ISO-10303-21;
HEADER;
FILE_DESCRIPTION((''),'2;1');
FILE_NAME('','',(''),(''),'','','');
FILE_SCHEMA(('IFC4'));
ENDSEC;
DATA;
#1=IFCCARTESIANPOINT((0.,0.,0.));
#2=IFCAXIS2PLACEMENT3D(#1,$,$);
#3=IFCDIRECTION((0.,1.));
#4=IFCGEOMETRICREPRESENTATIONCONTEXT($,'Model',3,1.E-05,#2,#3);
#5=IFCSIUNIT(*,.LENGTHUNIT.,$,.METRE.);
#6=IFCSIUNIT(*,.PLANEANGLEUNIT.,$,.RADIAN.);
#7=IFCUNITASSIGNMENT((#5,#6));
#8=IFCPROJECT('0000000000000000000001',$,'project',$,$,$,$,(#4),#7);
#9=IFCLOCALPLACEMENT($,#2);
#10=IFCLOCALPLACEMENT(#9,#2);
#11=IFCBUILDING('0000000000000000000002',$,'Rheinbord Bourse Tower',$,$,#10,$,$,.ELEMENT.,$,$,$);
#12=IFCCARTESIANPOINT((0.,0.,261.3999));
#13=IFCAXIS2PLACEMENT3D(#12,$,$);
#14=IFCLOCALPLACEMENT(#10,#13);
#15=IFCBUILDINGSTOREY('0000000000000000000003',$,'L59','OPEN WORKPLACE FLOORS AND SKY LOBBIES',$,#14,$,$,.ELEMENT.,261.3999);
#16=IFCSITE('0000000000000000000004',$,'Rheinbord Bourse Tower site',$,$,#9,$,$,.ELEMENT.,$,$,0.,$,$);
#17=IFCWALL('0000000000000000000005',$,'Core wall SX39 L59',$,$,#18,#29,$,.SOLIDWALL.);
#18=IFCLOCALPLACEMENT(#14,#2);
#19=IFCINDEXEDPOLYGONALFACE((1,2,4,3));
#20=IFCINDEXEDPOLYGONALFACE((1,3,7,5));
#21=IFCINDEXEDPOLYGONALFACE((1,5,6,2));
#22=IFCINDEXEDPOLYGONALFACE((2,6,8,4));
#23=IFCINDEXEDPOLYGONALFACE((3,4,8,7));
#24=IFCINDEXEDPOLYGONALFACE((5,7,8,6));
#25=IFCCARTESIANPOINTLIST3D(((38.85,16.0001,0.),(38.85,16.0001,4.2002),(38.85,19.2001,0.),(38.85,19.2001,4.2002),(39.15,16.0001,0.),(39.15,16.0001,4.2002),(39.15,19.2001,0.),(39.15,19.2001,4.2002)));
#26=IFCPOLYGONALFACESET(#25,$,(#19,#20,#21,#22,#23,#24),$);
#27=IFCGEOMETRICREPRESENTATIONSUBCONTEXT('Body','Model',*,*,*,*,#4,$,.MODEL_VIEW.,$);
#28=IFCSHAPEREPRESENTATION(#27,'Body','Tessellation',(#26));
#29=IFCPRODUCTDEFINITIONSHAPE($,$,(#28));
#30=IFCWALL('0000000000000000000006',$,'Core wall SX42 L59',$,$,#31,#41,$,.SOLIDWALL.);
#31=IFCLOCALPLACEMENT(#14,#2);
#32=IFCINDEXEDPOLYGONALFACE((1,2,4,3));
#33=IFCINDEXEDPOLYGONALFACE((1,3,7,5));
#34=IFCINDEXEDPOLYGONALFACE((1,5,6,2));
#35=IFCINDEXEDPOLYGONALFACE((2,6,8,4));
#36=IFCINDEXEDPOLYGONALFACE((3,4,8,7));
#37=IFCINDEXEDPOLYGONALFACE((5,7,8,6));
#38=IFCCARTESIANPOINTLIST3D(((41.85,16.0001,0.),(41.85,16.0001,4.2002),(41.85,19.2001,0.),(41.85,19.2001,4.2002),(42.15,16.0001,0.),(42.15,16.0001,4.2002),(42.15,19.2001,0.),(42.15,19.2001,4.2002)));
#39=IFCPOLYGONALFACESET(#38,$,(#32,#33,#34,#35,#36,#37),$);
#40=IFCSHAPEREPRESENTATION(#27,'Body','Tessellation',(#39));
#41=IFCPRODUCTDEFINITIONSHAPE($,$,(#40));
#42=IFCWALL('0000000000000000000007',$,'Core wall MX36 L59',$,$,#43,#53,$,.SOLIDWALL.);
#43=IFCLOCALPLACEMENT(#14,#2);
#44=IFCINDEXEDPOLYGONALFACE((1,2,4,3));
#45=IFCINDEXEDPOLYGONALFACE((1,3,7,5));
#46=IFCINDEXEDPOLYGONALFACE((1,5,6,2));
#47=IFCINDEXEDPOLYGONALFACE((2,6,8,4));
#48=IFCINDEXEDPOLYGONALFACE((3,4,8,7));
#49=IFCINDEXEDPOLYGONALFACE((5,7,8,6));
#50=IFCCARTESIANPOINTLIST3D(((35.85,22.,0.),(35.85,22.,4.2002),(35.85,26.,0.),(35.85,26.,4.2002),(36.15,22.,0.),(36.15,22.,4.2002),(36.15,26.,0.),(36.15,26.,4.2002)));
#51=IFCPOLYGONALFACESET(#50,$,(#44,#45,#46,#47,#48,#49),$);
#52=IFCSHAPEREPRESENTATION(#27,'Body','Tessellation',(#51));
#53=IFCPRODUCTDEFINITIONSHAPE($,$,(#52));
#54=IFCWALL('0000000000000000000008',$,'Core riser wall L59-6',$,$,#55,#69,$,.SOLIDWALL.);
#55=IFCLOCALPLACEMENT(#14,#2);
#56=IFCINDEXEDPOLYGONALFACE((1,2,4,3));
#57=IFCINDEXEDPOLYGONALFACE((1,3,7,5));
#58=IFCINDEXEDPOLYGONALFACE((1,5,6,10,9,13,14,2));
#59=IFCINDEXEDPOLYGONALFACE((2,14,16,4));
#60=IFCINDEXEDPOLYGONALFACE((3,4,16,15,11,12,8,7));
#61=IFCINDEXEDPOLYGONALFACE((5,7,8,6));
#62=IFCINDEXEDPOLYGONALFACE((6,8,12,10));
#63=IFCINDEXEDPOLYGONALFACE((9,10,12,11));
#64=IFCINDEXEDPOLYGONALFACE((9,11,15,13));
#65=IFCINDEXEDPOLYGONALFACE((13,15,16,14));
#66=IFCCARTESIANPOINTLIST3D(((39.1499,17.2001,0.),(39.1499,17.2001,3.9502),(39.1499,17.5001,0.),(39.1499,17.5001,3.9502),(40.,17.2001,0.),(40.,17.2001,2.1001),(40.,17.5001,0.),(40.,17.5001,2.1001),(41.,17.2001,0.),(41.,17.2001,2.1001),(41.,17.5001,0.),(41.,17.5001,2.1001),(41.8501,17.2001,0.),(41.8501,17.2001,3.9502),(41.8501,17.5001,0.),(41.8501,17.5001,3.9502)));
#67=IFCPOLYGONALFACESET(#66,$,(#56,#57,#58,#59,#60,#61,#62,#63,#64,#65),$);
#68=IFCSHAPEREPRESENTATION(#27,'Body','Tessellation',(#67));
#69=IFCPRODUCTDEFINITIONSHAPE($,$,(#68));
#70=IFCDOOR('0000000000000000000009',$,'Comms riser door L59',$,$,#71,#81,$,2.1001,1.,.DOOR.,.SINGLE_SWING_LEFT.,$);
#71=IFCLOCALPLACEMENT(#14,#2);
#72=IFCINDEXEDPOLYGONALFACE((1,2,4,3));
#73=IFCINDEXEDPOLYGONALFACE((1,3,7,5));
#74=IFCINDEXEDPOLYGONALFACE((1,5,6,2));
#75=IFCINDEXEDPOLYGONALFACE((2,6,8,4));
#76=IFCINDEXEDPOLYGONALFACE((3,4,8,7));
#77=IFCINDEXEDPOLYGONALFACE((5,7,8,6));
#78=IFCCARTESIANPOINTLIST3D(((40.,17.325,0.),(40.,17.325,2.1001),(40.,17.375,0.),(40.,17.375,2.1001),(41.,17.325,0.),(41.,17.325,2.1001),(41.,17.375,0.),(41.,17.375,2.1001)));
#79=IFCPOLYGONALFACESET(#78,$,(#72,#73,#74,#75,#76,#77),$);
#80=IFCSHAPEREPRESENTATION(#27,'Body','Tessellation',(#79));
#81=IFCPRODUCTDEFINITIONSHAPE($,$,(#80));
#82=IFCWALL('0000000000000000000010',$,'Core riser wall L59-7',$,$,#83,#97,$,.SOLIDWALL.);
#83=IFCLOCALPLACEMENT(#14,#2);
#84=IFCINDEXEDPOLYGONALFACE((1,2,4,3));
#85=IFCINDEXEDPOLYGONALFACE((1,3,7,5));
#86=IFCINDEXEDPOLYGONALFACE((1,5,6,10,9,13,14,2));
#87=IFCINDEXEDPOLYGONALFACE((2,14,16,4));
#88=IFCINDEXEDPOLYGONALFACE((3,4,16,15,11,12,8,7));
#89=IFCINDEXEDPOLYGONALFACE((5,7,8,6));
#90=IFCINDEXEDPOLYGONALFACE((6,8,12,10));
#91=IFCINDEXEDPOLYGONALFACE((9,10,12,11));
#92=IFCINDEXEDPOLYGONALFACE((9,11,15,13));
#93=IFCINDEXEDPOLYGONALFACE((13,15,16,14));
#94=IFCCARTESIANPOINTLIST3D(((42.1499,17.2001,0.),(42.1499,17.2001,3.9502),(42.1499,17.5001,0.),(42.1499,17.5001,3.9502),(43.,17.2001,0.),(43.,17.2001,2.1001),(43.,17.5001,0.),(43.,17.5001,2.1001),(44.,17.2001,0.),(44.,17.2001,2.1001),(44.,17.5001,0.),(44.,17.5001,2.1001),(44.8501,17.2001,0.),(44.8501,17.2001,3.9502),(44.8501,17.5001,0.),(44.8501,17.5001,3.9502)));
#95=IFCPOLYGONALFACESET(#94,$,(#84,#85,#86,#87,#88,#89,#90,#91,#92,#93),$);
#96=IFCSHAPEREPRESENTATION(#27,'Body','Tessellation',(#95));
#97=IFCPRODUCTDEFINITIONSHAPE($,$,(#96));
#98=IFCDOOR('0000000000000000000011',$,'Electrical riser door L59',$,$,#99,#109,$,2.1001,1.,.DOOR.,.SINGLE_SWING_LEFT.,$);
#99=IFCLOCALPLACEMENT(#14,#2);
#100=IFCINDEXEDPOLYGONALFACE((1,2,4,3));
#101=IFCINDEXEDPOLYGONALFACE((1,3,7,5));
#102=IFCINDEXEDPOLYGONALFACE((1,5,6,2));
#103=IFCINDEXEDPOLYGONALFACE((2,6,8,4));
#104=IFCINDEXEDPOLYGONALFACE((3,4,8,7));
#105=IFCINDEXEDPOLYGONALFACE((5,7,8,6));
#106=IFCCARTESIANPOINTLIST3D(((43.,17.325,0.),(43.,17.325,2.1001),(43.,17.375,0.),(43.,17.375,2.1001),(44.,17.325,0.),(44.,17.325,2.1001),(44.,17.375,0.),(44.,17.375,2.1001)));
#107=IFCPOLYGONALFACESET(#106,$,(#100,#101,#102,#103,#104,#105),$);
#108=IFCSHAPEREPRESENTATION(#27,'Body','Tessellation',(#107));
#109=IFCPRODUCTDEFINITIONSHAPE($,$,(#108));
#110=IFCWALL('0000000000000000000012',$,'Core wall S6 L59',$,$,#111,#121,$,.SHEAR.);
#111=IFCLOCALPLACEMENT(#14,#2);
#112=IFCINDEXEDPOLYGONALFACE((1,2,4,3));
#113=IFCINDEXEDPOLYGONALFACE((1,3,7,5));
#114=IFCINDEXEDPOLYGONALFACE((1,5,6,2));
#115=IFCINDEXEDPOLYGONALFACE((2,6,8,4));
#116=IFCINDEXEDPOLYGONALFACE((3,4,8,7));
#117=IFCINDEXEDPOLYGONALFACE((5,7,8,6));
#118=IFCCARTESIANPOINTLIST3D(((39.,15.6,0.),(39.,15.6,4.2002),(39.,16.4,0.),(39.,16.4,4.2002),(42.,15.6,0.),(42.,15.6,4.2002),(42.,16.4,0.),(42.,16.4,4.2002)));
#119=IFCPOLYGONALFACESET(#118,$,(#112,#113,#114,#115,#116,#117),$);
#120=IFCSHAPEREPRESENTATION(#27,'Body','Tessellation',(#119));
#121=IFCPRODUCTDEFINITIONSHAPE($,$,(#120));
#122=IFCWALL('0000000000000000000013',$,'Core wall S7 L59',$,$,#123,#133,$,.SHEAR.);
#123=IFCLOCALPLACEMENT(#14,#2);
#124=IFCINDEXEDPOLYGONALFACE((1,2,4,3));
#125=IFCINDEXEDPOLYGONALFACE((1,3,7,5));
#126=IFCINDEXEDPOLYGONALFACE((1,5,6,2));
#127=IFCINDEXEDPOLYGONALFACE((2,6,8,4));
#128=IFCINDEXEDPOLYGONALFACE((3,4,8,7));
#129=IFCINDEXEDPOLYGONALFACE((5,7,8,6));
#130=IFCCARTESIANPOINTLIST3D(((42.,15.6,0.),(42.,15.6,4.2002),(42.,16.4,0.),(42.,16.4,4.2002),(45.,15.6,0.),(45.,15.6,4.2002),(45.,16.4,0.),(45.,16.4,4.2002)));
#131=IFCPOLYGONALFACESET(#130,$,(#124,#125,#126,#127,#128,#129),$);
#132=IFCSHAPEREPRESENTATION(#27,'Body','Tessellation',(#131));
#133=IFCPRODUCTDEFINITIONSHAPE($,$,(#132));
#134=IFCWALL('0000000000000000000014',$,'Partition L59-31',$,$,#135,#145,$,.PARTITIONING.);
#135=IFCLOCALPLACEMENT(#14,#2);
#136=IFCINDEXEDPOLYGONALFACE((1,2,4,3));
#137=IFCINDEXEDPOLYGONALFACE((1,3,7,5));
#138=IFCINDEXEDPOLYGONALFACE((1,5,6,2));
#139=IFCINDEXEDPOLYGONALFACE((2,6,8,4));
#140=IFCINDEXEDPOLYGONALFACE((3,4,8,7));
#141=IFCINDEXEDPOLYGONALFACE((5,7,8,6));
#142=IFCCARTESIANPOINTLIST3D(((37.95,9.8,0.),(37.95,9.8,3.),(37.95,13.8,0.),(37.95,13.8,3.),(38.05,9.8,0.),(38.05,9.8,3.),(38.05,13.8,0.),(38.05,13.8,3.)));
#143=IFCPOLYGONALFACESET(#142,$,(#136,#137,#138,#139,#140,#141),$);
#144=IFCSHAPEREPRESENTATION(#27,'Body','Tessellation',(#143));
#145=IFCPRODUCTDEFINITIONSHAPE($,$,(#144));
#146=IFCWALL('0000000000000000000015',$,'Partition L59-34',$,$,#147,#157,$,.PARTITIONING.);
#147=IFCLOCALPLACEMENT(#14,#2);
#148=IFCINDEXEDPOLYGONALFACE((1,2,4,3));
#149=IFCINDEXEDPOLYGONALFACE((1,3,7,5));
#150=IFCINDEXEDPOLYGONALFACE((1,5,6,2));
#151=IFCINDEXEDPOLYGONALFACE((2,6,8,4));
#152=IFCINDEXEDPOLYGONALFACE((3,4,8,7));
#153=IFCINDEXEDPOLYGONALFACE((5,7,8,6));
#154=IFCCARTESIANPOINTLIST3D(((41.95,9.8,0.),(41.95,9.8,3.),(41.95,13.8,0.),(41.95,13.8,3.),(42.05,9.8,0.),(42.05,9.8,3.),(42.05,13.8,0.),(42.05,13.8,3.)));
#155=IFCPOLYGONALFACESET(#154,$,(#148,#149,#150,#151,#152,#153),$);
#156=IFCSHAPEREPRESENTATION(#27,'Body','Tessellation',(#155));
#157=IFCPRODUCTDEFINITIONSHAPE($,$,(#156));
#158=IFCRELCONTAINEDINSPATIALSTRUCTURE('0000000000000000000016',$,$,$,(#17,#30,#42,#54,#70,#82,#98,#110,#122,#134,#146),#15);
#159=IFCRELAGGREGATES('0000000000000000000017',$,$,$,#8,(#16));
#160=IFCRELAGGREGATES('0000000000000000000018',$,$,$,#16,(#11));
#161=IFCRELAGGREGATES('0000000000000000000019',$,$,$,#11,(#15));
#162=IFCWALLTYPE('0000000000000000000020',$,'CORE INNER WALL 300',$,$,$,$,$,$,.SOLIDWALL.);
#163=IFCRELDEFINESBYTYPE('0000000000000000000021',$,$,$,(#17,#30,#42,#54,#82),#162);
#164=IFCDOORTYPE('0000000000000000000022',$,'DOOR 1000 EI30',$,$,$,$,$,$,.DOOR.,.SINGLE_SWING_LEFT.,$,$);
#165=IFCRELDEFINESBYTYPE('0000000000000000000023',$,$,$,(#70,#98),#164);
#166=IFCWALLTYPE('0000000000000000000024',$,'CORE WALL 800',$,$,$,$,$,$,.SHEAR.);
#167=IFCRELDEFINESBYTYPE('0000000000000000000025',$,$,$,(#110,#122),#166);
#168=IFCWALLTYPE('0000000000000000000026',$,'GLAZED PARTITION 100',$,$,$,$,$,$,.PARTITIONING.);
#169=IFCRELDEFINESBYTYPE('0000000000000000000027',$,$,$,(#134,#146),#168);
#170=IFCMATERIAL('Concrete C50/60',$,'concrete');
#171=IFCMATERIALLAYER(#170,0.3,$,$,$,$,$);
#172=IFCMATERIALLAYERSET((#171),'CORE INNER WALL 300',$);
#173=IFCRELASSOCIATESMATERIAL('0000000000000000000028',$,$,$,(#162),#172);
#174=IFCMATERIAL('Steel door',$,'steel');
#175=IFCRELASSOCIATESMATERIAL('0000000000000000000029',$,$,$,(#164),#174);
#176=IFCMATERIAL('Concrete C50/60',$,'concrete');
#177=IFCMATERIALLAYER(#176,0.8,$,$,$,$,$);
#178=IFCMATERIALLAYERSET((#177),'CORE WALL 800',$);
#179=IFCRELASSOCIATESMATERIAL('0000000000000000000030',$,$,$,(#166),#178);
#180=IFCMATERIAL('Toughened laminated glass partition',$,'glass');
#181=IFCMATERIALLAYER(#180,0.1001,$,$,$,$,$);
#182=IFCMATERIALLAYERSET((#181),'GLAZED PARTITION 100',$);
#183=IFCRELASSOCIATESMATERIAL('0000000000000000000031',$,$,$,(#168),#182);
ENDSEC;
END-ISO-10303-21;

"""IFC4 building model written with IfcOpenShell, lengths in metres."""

from ifc_helpers import new_model, si_unit, direction, frame, frame_2d, origin, place, context, subcontext, project, spatial, rectangle, extrude, material, layer, layer_set, type_object, element, fill, save


model = new_model("IFC4")

# Units and contexts
model_context = context("Model", 3, precision=1e-05, world=origin(), true_north=direction((0.0, 1.0)))
body_context = subcontext(model_context, "Body", "Model", "MODEL_VIEW")
ifc_project = project(units=[si_unit("LENGTHUNIT", "METRE"), si_unit("PLANEANGLEUNIT", "RADIAN")], contexts=[model_context])

# Site, building, storey
site_placement = place(None, origin())
site = spatial("IfcSite", under=ifc_project, at=site_placement, Name="Rheinbord Bourse Tower site", CompositionType="ELEMENT", RefElevation=0.0)
building_placement = place(site_placement, origin())
building = spatial("IfcBuilding", under=site, at=building_placement, Name="Rheinbord Bourse Tower", CompositionType="ELEMENT")
storey_placement = place(building_placement, frame((0.0, 0.0, 261.3999)))
storey = spatial("IfcBuildingStorey", under=building, at=storey_placement, Name="L59", Description="OPEN WORKPLACE FLOORS AND SKY LOBBIES", CompositionType="ELEMENT", Elevation=261.3999)

# Shared definitions
ifc_material_1 = material(Name="Concrete C50/60", Category="concrete")
ifc_layer_1 = layer(ifc_material_1, 0.3)
ifc_layer_set_1 = layer_set([ifc_layer_1], Name="CORE INNER WALL 300")
wall_type_1 = type_object("IfcWallType", Name="CORE INNER WALL 300", PredefinedType="SOLIDWALL", material=ifc_layer_set_1)
ifc_material_2 = material(Name="Steel door", Category="steel")
door_type_1 = type_object("IfcDoorType", Name="DOOR 1000 EI30", OperationType="SINGLE_SWING_LEFT", PredefinedType="DOOR", material=ifc_material_2)

# Walls
for number, where, z_axis, x_axis, name in (
    (1, (39.0, 16.0, 0.0), (0.0, 0.0, 1.0), (0.0, 1.0, 0.0), "Core wall SX39 L59"),
    (2, (42.0, 16.0, 0.0), (0.0, 0.0, 1.0), (0.0, 1.0, 0.0), "Core wall SX42 L59"),
):
    element("IfcWall", number, at=place(storey_placement, frame(where, z_axis=z_axis, x_axis=x_axis)), inside=storey, type_object=wall_type_1, Name=name, PredefinedType="SOLIDWALL", context=body_context, shape_type="SweptSolid", body=[
        extrude(rectangle(XDim=3.2, YDim=0.3, at=frame_2d((1.6001, 0.0))), origin(), (0.0, 0.0, 1.0), 4.2002),
    ])
wall_1_placement = place(storey_placement, frame((36.0, 22.0, 0.0), z_axis=(0.0, 0.0, 1.0), x_axis=(0.0, 1.0, 0.0)))
element("IfcWall", 3, at=wall_1_placement, inside=storey, type_object=wall_type_1, Name="Core wall MX36 L59", PredefinedType="SOLIDWALL", context=body_context, shape_type="SweptSolid", body=[
    extrude(rectangle(XDim=4.0, YDim=0.3, at=frame_2d((2.0, 0.0))), origin(), (0.0, 0.0, 1.0), 4.2002),
])

# Walls, openings, doors
wall_2_placement = place(storey_placement, frame((39.1499, 17.3501, 0.0), z_axis=(0.0, 0.0, 1.0), x_axis=(1.0, 0.0, 0.0)))
wall_2 = element("IfcWall", 4, at=wall_2_placement, inside=storey, type_object=wall_type_1, Name="Core riser wall L59-6", PredefinedType="SOLIDWALL", context=body_context, shape_type="SweptSolid", body=[
    extrude(rectangle(XDim=2.7002, YDim=0.3, at=frame_2d((1.3501, 0.0))), origin(), (0.0, 0.0, 1.0), 3.9502),
])
opening_1_placement = place(wall_2_placement, frame((0.8501, 0.0, 0.0)))
opening_1 = element("IfcOpeningElement", 5, at=opening_1_placement, cuts=wall_2, PredefinedType="OPENING", context=body_context, shape_type="SweptSolid", body=[
    extrude(rectangle(XDim=1.0, YDim=2.1001, at=frame_2d((0.5, 1.05))), frame((0.0, 0.1599, 0.0), z_axis=(0.0, -1.0, 0.0), x_axis=(1.0, 0.0, 0.0)), (0.0, 0.0, 1.0), 0.3201),
])
door_1_placement = place(opening_1_placement, origin())
door_1 = element("IfcDoor", 6, at=door_1_placement, inside=storey, type_object=door_type_1, Name="Comms riser door L59", OperationType="SINGLE_SWING_LEFT", OverallHeight=2.1001, OverallWidth=1.0, PredefinedType="DOOR", context=body_context, shape_type="SweptSolid", body=[
    extrude(rectangle(XDim=1.0, YDim=2.1001, at=frame_2d((0.5, 1.05))), frame((0.0, 0.0249, 0.0), z_axis=(0.0, -1.0, 0.0), x_axis=(1.0, 0.0, 0.0)), (0.0, 0.0, 1.0), 0.05),
])
fill(opening_1, door_1)
wall_3_placement = place(storey_placement, frame((42.1499, 17.3501, 0.0), z_axis=(0.0, 0.0, 1.0), x_axis=(1.0, 0.0, 0.0)))
wall_3 = element("IfcWall", 7, at=wall_3_placement, inside=storey, type_object=wall_type_1, Name="Core riser wall L59-7", PredefinedType="SOLIDWALL", context=body_context, shape_type="SweptSolid", body=[
    extrude(rectangle(XDim=2.7002, YDim=0.3, at=frame_2d((1.3501, 0.0))), origin(), (0.0, 0.0, 1.0), 3.9502),
])
opening_2_placement = place(wall_3_placement, frame((0.8501, 0.0, 0.0)))
opening_2 = element("IfcOpeningElement", 8, at=opening_2_placement, cuts=wall_3, PredefinedType="OPENING", context=body_context, shape_type="SweptSolid", body=[
    extrude(rectangle(XDim=1.0, YDim=2.1001, at=frame_2d((0.5, 1.05))), frame((0.0, 0.1599, 0.0), z_axis=(0.0, -1.0, 0.0), x_axis=(1.0, 0.0, 0.0)), (0.0, 0.0, 1.0), 0.3201),
])
door_2_placement = place(opening_2_placement, origin())
door_2 = element("IfcDoor", 9, at=door_2_placement, inside=storey, type_object=door_type_1, Name="Electrical riser door L59", OperationType="SINGLE_SWING_LEFT", OverallHeight=2.1001, OverallWidth=1.0, PredefinedType="DOOR", context=body_context, shape_type="SweptSolid", body=[
    extrude(rectangle(XDim=1.0, YDim=2.1001, at=frame_2d((0.5, 1.05))), frame((0.0, 0.0249, 0.0), z_axis=(0.0, -1.0, 0.0), x_axis=(1.0, 0.0, 0.0)), (0.0, 0.0, 1.0), 0.05),
])
fill(opening_2, door_2)

# Walls
ifc_material_3 = material(Name="Concrete C50/60", Category="concrete")
ifc_layer_2 = layer(ifc_material_3, 0.8)
ifc_layer_set_2 = layer_set([ifc_layer_2], Name="CORE WALL 800")
wall_type_2 = type_object("IfcWallType", Name="CORE WALL 800", PredefinedType="SHEAR", material=ifc_layer_set_2)
for number, where, z_axis, x_axis, name in (
    (10, (39.0, 16.0, 0.0), (0.0, 0.0, 1.0), (1.0, 0.0, 0.0), "Core wall S6 L59"),
    (11, (42.0, 16.0, 0.0), (0.0, 0.0, 1.0), (1.0, 0.0, 0.0), "Core wall S7 L59"),
):
    element("IfcWall", number, at=place(storey_placement, frame(where, z_axis=z_axis, x_axis=x_axis)), inside=storey, type_object=wall_type_2, Name=name, PredefinedType="SHEAR", context=body_context, shape_type="SweptSolid", body=[
        extrude(rectangle(XDim=3.0, YDim=0.8, at=frame_2d((1.5, 0.0))), origin(), (0.0, 0.0, 1.0), 4.2002),
    ])
ifc_material_4 = material(Name="Toughened laminated glass partition", Category="glass")
ifc_layer_3 = layer(ifc_material_4, 0.1001)
ifc_layer_set_3 = layer_set([ifc_layer_3], Name="GLAZED PARTITION 100")
wall_type_3 = type_object("IfcWallType", Name="GLAZED PARTITION 100", PredefinedType="PARTITIONING", material=ifc_layer_set_3)
for number, where, z_axis, x_axis, name in (
    (12, (38.0, 9.8, 0.0), (0.0, 0.0, 1.0), (0.0, 1.0, 0.0), "Partition L59-31"),
    (13, (42.0, 9.8, 0.0), (0.0, 0.0, 1.0), (0.0, 1.0, 0.0), "Partition L59-34"),
):
    element("IfcWall", number, at=place(storey_placement, frame(where, z_axis=z_axis, x_axis=x_axis)), inside=storey, type_object=wall_type_3, Name=name, PredefinedType="PARTITIONING", context=body_context, shape_type="SweptSolid", body=[
        extrude(rectangle(XDim=4.0, YDim=0.1001, at=frame_2d((2.0, 0.0))), origin(), (0.0, 0.0, 1.0), 3.0),
    ])

save(model, "model.ifc")
